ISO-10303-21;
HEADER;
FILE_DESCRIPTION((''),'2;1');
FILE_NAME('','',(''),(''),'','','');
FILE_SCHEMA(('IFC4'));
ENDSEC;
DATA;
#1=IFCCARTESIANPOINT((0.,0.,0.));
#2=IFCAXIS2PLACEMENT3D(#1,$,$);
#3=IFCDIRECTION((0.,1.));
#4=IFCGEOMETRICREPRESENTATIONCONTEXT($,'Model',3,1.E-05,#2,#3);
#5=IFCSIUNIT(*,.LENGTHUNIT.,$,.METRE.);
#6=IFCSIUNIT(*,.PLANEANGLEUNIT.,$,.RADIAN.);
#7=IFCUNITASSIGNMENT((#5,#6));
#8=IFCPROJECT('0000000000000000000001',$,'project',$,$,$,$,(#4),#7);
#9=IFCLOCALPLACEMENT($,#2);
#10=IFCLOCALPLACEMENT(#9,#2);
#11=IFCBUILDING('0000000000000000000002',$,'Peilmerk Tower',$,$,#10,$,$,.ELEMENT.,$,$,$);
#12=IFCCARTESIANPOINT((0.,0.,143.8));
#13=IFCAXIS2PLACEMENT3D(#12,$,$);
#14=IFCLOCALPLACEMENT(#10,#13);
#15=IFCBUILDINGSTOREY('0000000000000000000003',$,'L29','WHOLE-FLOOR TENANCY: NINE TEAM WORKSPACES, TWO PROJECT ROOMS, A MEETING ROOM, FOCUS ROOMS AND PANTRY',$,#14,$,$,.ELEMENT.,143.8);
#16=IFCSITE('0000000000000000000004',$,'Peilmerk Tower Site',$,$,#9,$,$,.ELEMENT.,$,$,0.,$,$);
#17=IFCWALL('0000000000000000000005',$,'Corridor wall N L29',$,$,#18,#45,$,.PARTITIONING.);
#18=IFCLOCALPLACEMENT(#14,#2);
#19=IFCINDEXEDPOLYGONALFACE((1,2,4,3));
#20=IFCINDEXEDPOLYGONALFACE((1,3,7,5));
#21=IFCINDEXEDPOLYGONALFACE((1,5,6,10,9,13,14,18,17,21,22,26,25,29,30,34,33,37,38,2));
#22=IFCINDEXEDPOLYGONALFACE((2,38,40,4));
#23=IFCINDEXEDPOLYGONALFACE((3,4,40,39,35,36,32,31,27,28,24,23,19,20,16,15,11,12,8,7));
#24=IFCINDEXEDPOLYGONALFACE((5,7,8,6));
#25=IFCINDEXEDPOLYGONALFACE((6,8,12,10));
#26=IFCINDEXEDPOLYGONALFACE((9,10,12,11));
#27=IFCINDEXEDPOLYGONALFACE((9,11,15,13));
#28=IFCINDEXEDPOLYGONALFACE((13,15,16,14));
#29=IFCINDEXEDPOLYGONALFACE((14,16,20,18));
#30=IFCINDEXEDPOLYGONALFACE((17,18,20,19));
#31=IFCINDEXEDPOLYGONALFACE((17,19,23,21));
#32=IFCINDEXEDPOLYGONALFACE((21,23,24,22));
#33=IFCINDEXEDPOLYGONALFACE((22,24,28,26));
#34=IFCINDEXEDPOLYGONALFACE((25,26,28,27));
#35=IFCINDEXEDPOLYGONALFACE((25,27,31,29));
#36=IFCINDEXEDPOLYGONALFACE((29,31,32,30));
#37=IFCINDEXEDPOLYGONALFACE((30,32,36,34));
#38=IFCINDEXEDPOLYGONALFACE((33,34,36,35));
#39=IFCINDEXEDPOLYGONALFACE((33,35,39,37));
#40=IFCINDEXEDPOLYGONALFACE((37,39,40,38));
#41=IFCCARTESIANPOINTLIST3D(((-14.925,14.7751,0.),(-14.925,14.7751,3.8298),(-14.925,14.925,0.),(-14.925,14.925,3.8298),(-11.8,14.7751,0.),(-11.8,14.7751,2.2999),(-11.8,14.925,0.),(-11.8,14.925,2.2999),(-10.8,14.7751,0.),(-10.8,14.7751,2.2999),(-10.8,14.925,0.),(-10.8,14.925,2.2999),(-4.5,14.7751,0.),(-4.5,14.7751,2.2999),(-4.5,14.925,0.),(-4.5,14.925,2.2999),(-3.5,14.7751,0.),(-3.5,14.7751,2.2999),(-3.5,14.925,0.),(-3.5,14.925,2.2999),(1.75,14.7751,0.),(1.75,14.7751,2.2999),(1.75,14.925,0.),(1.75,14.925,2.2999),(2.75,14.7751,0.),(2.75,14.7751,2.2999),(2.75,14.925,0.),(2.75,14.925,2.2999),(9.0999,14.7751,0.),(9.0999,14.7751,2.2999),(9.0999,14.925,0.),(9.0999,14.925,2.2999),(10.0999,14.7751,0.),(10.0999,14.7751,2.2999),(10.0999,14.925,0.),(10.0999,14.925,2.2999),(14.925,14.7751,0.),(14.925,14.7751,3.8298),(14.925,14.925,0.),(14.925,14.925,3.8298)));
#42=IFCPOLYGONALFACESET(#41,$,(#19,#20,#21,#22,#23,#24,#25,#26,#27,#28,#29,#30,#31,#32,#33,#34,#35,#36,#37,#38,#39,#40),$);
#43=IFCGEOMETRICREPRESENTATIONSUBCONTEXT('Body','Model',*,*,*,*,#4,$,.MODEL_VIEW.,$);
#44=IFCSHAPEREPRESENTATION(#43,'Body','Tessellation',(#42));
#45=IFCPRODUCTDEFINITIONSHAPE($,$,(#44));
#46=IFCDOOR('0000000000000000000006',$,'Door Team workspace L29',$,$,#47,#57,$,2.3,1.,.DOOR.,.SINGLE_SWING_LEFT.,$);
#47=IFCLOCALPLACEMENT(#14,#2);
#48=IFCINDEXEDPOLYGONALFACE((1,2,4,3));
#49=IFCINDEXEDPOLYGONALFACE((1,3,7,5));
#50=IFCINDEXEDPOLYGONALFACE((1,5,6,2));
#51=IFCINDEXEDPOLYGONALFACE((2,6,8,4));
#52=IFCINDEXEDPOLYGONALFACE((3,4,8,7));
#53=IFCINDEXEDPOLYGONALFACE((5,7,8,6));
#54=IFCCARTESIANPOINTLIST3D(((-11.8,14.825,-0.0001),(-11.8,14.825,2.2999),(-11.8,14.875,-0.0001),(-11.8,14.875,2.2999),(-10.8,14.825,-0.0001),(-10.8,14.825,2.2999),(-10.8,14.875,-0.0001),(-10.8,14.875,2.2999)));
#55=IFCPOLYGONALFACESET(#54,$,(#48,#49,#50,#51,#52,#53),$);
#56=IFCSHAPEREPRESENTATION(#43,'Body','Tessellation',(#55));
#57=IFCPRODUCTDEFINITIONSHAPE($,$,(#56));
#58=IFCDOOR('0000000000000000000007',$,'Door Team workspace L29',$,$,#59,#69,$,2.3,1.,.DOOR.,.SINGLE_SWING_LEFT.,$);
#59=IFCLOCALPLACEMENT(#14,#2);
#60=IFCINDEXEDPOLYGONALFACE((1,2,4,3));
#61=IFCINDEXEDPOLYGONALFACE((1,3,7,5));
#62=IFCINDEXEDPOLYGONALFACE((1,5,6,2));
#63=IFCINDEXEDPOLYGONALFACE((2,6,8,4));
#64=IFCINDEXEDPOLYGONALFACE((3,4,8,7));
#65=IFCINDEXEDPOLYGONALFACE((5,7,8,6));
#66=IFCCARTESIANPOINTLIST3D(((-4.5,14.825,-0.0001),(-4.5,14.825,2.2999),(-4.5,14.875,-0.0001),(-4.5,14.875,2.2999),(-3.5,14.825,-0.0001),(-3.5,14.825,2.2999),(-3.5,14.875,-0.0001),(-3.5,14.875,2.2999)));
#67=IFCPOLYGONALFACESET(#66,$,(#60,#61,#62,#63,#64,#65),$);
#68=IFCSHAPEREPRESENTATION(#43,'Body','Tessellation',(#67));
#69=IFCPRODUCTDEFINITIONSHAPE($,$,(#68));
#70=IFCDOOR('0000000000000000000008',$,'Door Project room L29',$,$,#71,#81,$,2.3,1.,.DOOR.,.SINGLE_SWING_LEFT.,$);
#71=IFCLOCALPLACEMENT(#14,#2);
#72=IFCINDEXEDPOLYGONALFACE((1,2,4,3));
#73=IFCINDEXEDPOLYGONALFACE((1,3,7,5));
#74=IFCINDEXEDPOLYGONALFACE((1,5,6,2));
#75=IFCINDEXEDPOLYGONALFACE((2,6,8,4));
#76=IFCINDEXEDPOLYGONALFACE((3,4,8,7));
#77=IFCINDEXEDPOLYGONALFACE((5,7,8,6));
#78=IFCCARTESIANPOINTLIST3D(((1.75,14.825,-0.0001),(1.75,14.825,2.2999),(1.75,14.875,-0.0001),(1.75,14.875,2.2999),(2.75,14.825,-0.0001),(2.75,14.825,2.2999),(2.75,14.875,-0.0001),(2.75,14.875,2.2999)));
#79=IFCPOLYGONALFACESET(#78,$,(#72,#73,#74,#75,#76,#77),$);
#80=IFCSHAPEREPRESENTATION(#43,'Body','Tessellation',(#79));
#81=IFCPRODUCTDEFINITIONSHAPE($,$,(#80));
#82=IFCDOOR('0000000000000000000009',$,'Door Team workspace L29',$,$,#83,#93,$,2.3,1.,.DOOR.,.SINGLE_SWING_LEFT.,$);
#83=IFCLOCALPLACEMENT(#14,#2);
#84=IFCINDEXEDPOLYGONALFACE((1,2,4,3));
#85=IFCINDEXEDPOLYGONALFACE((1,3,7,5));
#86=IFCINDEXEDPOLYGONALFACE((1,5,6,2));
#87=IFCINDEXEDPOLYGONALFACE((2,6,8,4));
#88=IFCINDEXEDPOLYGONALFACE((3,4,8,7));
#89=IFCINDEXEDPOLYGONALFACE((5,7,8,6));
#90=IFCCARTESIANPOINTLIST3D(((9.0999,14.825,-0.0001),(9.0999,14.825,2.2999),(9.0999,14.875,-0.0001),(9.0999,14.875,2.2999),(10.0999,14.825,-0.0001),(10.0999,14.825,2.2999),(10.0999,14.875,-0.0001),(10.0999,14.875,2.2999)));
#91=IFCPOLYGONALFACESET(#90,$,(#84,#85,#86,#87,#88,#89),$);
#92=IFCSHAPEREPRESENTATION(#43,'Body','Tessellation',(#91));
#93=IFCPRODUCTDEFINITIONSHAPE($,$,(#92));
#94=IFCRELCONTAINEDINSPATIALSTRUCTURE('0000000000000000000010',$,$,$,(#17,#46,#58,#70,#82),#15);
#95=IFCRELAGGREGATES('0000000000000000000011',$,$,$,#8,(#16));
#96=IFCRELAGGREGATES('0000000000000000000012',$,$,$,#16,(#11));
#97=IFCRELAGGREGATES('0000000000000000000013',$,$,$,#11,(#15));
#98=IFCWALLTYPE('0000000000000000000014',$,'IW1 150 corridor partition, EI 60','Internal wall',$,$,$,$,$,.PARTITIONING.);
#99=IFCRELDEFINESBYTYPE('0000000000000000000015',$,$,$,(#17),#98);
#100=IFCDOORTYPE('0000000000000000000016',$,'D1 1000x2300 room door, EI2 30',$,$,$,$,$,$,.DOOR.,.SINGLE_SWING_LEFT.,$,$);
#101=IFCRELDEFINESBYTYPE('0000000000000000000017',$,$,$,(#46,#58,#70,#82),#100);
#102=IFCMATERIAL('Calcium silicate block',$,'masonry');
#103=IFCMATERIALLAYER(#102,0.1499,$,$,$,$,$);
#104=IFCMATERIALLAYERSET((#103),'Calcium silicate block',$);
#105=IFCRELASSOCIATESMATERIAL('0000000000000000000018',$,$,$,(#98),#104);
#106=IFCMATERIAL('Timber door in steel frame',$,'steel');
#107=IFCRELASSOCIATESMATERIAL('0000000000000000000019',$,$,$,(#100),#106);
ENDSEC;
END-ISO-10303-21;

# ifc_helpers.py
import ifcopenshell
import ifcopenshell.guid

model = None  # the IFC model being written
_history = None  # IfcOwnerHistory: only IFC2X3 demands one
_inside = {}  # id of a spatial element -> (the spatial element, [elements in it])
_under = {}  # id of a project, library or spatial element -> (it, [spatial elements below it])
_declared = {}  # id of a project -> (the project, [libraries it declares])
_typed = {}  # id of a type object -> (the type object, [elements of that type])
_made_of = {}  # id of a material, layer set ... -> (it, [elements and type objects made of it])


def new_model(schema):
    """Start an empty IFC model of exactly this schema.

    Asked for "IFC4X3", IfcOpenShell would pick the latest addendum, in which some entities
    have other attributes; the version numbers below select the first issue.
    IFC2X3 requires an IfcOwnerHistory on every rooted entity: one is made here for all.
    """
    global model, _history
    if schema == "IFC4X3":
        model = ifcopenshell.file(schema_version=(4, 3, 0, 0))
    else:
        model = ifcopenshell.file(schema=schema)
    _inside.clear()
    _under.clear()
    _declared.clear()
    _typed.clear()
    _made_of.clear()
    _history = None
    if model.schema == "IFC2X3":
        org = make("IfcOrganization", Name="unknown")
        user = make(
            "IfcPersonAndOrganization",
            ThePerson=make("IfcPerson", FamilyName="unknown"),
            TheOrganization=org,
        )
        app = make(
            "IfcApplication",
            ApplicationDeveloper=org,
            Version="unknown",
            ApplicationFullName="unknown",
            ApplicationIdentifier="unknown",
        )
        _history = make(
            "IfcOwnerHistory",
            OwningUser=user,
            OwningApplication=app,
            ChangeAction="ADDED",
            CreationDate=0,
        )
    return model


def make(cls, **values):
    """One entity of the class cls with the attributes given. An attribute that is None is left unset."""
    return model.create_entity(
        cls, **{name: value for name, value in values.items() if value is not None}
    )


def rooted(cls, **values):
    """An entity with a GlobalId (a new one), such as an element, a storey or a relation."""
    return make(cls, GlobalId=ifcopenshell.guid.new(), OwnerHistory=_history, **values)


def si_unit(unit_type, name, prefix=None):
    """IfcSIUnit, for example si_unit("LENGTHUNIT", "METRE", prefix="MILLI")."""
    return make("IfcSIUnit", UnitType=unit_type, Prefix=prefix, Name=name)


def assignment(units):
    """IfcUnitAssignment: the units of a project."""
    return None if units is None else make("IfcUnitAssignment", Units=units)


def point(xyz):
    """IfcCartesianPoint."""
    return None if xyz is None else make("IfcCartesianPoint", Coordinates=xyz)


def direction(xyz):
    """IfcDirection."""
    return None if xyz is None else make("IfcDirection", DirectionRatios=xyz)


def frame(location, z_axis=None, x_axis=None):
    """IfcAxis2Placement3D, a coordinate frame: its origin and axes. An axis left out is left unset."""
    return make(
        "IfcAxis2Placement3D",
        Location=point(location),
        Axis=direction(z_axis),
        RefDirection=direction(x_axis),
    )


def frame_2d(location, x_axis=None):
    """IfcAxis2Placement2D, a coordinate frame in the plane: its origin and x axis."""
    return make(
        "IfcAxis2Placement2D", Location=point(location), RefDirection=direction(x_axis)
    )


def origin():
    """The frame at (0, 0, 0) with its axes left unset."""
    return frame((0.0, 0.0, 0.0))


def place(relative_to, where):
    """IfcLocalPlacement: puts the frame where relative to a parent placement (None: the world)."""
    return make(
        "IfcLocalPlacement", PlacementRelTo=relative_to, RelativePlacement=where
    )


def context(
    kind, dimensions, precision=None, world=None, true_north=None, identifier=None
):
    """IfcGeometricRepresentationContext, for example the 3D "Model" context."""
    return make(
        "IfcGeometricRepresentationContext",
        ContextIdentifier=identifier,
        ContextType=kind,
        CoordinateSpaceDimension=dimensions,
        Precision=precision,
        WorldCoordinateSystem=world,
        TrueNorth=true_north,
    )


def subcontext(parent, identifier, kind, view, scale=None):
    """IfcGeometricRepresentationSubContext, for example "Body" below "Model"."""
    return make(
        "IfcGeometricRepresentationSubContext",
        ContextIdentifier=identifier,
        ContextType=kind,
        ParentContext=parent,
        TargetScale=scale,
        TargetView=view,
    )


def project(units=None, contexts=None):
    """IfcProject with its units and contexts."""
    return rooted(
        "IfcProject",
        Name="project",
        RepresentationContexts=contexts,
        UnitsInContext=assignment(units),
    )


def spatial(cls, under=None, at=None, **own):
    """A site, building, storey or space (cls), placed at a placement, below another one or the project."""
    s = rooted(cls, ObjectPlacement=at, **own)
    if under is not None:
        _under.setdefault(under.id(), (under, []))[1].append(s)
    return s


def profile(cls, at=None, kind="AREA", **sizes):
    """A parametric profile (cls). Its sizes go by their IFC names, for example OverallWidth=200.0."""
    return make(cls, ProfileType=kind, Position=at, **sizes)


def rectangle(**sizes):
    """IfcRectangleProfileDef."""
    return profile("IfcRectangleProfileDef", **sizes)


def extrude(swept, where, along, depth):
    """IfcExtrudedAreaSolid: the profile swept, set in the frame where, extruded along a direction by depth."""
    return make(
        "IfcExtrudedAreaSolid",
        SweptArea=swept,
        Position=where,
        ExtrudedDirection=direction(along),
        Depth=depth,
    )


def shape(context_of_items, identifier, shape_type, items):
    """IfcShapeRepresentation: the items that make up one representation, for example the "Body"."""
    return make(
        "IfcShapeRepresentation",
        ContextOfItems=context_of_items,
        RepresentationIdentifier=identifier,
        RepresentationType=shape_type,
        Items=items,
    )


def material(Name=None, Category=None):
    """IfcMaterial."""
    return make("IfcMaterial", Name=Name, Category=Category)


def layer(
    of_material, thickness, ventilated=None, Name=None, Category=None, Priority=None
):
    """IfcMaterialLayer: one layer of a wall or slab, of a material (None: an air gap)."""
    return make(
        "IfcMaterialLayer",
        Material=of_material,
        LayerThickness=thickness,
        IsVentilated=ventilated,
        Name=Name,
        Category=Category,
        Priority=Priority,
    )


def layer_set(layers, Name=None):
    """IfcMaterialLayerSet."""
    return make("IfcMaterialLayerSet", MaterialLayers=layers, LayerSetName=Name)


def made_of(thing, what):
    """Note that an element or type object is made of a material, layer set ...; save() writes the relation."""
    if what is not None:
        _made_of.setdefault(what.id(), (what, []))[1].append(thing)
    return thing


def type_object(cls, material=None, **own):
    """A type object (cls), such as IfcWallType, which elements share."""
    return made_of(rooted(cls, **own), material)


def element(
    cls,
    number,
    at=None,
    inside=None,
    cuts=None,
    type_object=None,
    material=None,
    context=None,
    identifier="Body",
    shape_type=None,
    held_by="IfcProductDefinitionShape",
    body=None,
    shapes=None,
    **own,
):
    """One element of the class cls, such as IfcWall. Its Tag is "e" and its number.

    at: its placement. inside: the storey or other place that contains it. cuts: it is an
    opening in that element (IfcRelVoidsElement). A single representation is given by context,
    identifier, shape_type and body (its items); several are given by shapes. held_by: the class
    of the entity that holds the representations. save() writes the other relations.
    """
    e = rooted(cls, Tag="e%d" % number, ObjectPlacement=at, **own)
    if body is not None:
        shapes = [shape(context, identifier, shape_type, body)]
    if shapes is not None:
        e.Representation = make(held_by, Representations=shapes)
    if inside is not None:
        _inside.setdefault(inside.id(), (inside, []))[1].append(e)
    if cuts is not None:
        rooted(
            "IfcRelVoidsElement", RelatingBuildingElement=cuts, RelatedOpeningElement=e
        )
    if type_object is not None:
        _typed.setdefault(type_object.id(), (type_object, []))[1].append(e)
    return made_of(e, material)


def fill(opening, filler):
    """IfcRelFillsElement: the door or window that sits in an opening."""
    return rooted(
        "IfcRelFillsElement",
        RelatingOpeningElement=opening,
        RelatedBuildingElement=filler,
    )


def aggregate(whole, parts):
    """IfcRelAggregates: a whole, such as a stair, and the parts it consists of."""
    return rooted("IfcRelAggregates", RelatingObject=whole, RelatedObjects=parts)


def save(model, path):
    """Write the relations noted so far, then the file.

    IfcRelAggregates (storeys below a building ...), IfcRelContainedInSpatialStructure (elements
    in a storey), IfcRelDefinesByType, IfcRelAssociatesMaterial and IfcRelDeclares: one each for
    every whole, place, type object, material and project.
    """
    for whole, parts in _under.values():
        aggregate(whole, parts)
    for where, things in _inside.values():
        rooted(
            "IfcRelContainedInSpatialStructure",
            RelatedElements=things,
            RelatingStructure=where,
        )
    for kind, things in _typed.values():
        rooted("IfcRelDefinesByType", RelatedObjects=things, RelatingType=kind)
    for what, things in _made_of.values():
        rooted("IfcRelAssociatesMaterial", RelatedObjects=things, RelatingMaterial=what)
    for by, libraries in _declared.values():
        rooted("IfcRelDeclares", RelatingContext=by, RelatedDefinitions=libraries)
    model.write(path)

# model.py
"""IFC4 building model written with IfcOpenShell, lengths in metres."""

from ifc_helpers import new_model, si_unit, direction, frame, frame_2d, origin, place, context, subcontext, project, spatial, rectangle, extrude, material, layer, layer_set, type_object, element, fill, save


model = new_model("IFC4")

# Units and contexts
model_context = context("Model", 3, precision=1e-05, world=origin(), true_north=direction((0.0, 1.0)))
body_context = subcontext(model_context, "Body", "Model", "MODEL_VIEW")
ifc_project = project(units=[si_unit("LENGTHUNIT", "METRE"), si_unit("PLANEANGLEUNIT", "RADIAN")], contexts=[model_context])

# Site, building, storey
site_placement = place(None, origin())
site = spatial("IfcSite", under=ifc_project, at=site_placement, Name="Peilmerk Tower Site", CompositionType="ELEMENT", RefElevation=0.0)
building_placement = place(site_placement, origin())
building = spatial("IfcBuilding", under=site, at=building_placement, Name="Peilmerk Tower", CompositionType="ELEMENT")
storey_placement = place(building_placement, frame((0.0, 0.0, 143.8)))
storey = spatial("IfcBuildingStorey", under=building, at=storey_placement, Name="L29", Description="WHOLE-FLOOR TENANCY: NINE TEAM WORKSPACES, TWO PROJECT ROOMS, A MEETING ROOM, FOCUS ROOMS AND PANTRY", CompositionType="ELEMENT", Elevation=143.8)

# Wall, openings, doors
ifc_material_1 = material(Name="Calcium silicate block", Category="masonry")
ifc_layer_1 = layer(ifc_material_1, 0.1499)
ifc_layer_set_1 = layer_set([ifc_layer_1], Name="Calcium silicate block")
wall_type_1 = type_object("IfcWallType", Name="IW1 150 corridor partition, EI 60", Description="Internal wall", PredefinedType="PARTITIONING", material=ifc_layer_set_1)
wall_1_placement = place(storey_placement, frame((-14.925, 14.8501, 0.0), z_axis=(0.0, 0.0, 1.0), x_axis=(1.0, 0.0, 0.0)))
wall_1 = element("IfcWall", 1, at=wall_1_placement, inside=storey, type_object=wall_type_1, Name="Corridor wall N L29", PredefinedType="PARTITIONING", context=body_context, shape_type="SweptSolid", body=[
    extrude(rectangle(XDim=29.8501, YDim=0.1499, at=frame_2d((14.925, 0.0))), origin(), (0.0, 0.0, 1.0), 3.8298),
])
opening_1_placement = place(wall_1_placement, frame((3.125, 0.0, 0.0)))
opening_1 = element("IfcOpeningElement", 2, at=opening_1_placement, cuts=wall_1, PredefinedType="OPENING", context=body_context, shape_type="SweptSolid", body=[
    extrude(rectangle(XDim=1.0, YDim=2.3, at=frame_2d((0.5, 1.1499))), frame((0.0, 0.085, 0.0), z_axis=(0.0, -1.0, 0.0), x_axis=(1.0, 0.0, 0.0)), (0.0, 0.0, 1.0), 0.1699),
])
opening_2_placement = place(wall_1_placement, frame((10.425, 0.0, 0.0)))
opening_2 = element("IfcOpeningElement", 3, at=opening_2_placement, cuts=wall_1, PredefinedType="OPENING", context=body_context, shape_type="SweptSolid", body=[
    extrude(rectangle(XDim=1.0, YDim=2.3, at=frame_2d((0.5, 1.1499))), frame((0.0, 0.085, 0.0), z_axis=(0.0, -1.0, 0.0), x_axis=(1.0, 0.0, 0.0)), (0.0, 0.0, 1.0), 0.1699),
])
opening_3_placement = place(wall_1_placement, frame((16.675, 0.0, 0.0)))
opening_3 = element("IfcOpeningElement", 4, at=opening_3_placement, cuts=wall_1, PredefinedType="OPENING", context=body_context, shape_type="SweptSolid", body=[
    extrude(rectangle(XDim=1.0, YDim=2.3, at=frame_2d((0.5, 1.1499))), frame((0.0, 0.085, 0.0), z_axis=(0.0, -1.0, 0.0), x_axis=(1.0, 0.0, 0.0)), (0.0, 0.0, 1.0), 0.1699),
])
opening_4_placement = place(wall_1_placement, frame((24.0249, 0.0, 0.0)))
opening_4 = element("IfcOpeningElement", 5, at=opening_4_placement, cuts=wall_1, PredefinedType="OPENING", context=body_context, shape_type="SweptSolid", body=[
    extrude(rectangle(XDim=1.0, YDim=2.3, at=frame_2d((0.5, 1.1499))), frame((0.0, 0.085, 0.0), z_axis=(0.0, -1.0, 0.0), x_axis=(1.0, 0.0, 0.0)), (0.0, 0.0, 1.0), 0.1699),
])
ifc_material_2 = material(Name="Timber door in steel frame", Category="steel")
door_type = type_object("IfcDoorType", Name="D1 1000x2300 room door, EI2 30", OperationType="SINGLE_SWING_LEFT", PredefinedType="DOOR", material=ifc_material_2)
door_1_placement = place(opening_1_placement, origin())
door_1 = element("IfcDoor", 6, at=door_1_placement, inside=storey, type_object=door_type, Name="Door Team workspace L29", OperationType="SINGLE_SWING_LEFT", OverallHeight=2.3, OverallWidth=1.0, PredefinedType="DOOR", context=body_context, shape_type="SweptSolid", body=[
    extrude(rectangle(XDim=1.0, YDim=2.3, at=frame_2d((0.5, 1.1499))), frame((0.0, 0.0249, 0.0), z_axis=(0.0, -1.0, 0.0), x_axis=(1.0, 0.0, 0.0)), (0.0, 0.0, 1.0), 0.05),
])
fill(opening_1, door_1)
door_2_placement = place(opening_2_placement, origin())
door_2 = element("IfcDoor", 7, at=door_2_placement, inside=storey, type_object=door_type, Name="Door Team workspace L29", OperationType="SINGLE_SWING_LEFT", OverallHeight=2.3, OverallWidth=1.0, PredefinedType="DOOR", context=body_context, shape_type="SweptSolid", body=[
    extrude(rectangle(XDim=1.0, YDim=2.3, at=frame_2d((0.5, 1.1499))), frame((0.0, 0.0249, 0.0), z_axis=(0.0, -1.0, 0.0), x_axis=(1.0, 0.0, 0.0)), (0.0, 0.0, 1.0), 0.05),
])
fill(opening_2, door_2)
door_3_placement = place(opening_3_placement, origin())
door_3 = element("IfcDoor", 8, at=door_3_placement, inside=storey, type_object=door_type, Name="Door Project room L29", OperationType="SINGLE_SWING_LEFT", OverallHeight=2.3, OverallWidth=1.0, PredefinedType="DOOR", context=body_context, shape_type="SweptSolid", body=[
    extrude(rectangle(XDim=1.0, YDim=2.3, at=frame_2d((0.5, 1.1499))), frame((0.0, 0.0249, 0.0), z_axis=(0.0, -1.0, 0.0), x_axis=(1.0, 0.0, 0.0)), (0.0, 0.0, 1.0), 0.05),
])
fill(opening_3, door_3)
door_4_placement = place(opening_4_placement, origin())
door_4 = element("IfcDoor", 9, at=door_4_placement, inside=storey, type_object=door_type, Name="Door Team workspace L29", OperationType="SINGLE_SWING_LEFT", OverallHeight=2.3, OverallWidth=1.0, PredefinedType="DOOR", context=body_context, shape_type="SweptSolid", body=[
    extrude(rectangle(XDim=1.0, YDim=2.3, at=frame_2d((0.5, 1.1499))), frame((0.0, 0.0249, 0.0), z_axis=(0.0, -1.0, 0.0), x_axis=(1.0, 0.0, 0.0)), (0.0, 0.0, 1.0), 0.05),
])
fill(opening_4, door_4)

save(model, "model.ifc")
